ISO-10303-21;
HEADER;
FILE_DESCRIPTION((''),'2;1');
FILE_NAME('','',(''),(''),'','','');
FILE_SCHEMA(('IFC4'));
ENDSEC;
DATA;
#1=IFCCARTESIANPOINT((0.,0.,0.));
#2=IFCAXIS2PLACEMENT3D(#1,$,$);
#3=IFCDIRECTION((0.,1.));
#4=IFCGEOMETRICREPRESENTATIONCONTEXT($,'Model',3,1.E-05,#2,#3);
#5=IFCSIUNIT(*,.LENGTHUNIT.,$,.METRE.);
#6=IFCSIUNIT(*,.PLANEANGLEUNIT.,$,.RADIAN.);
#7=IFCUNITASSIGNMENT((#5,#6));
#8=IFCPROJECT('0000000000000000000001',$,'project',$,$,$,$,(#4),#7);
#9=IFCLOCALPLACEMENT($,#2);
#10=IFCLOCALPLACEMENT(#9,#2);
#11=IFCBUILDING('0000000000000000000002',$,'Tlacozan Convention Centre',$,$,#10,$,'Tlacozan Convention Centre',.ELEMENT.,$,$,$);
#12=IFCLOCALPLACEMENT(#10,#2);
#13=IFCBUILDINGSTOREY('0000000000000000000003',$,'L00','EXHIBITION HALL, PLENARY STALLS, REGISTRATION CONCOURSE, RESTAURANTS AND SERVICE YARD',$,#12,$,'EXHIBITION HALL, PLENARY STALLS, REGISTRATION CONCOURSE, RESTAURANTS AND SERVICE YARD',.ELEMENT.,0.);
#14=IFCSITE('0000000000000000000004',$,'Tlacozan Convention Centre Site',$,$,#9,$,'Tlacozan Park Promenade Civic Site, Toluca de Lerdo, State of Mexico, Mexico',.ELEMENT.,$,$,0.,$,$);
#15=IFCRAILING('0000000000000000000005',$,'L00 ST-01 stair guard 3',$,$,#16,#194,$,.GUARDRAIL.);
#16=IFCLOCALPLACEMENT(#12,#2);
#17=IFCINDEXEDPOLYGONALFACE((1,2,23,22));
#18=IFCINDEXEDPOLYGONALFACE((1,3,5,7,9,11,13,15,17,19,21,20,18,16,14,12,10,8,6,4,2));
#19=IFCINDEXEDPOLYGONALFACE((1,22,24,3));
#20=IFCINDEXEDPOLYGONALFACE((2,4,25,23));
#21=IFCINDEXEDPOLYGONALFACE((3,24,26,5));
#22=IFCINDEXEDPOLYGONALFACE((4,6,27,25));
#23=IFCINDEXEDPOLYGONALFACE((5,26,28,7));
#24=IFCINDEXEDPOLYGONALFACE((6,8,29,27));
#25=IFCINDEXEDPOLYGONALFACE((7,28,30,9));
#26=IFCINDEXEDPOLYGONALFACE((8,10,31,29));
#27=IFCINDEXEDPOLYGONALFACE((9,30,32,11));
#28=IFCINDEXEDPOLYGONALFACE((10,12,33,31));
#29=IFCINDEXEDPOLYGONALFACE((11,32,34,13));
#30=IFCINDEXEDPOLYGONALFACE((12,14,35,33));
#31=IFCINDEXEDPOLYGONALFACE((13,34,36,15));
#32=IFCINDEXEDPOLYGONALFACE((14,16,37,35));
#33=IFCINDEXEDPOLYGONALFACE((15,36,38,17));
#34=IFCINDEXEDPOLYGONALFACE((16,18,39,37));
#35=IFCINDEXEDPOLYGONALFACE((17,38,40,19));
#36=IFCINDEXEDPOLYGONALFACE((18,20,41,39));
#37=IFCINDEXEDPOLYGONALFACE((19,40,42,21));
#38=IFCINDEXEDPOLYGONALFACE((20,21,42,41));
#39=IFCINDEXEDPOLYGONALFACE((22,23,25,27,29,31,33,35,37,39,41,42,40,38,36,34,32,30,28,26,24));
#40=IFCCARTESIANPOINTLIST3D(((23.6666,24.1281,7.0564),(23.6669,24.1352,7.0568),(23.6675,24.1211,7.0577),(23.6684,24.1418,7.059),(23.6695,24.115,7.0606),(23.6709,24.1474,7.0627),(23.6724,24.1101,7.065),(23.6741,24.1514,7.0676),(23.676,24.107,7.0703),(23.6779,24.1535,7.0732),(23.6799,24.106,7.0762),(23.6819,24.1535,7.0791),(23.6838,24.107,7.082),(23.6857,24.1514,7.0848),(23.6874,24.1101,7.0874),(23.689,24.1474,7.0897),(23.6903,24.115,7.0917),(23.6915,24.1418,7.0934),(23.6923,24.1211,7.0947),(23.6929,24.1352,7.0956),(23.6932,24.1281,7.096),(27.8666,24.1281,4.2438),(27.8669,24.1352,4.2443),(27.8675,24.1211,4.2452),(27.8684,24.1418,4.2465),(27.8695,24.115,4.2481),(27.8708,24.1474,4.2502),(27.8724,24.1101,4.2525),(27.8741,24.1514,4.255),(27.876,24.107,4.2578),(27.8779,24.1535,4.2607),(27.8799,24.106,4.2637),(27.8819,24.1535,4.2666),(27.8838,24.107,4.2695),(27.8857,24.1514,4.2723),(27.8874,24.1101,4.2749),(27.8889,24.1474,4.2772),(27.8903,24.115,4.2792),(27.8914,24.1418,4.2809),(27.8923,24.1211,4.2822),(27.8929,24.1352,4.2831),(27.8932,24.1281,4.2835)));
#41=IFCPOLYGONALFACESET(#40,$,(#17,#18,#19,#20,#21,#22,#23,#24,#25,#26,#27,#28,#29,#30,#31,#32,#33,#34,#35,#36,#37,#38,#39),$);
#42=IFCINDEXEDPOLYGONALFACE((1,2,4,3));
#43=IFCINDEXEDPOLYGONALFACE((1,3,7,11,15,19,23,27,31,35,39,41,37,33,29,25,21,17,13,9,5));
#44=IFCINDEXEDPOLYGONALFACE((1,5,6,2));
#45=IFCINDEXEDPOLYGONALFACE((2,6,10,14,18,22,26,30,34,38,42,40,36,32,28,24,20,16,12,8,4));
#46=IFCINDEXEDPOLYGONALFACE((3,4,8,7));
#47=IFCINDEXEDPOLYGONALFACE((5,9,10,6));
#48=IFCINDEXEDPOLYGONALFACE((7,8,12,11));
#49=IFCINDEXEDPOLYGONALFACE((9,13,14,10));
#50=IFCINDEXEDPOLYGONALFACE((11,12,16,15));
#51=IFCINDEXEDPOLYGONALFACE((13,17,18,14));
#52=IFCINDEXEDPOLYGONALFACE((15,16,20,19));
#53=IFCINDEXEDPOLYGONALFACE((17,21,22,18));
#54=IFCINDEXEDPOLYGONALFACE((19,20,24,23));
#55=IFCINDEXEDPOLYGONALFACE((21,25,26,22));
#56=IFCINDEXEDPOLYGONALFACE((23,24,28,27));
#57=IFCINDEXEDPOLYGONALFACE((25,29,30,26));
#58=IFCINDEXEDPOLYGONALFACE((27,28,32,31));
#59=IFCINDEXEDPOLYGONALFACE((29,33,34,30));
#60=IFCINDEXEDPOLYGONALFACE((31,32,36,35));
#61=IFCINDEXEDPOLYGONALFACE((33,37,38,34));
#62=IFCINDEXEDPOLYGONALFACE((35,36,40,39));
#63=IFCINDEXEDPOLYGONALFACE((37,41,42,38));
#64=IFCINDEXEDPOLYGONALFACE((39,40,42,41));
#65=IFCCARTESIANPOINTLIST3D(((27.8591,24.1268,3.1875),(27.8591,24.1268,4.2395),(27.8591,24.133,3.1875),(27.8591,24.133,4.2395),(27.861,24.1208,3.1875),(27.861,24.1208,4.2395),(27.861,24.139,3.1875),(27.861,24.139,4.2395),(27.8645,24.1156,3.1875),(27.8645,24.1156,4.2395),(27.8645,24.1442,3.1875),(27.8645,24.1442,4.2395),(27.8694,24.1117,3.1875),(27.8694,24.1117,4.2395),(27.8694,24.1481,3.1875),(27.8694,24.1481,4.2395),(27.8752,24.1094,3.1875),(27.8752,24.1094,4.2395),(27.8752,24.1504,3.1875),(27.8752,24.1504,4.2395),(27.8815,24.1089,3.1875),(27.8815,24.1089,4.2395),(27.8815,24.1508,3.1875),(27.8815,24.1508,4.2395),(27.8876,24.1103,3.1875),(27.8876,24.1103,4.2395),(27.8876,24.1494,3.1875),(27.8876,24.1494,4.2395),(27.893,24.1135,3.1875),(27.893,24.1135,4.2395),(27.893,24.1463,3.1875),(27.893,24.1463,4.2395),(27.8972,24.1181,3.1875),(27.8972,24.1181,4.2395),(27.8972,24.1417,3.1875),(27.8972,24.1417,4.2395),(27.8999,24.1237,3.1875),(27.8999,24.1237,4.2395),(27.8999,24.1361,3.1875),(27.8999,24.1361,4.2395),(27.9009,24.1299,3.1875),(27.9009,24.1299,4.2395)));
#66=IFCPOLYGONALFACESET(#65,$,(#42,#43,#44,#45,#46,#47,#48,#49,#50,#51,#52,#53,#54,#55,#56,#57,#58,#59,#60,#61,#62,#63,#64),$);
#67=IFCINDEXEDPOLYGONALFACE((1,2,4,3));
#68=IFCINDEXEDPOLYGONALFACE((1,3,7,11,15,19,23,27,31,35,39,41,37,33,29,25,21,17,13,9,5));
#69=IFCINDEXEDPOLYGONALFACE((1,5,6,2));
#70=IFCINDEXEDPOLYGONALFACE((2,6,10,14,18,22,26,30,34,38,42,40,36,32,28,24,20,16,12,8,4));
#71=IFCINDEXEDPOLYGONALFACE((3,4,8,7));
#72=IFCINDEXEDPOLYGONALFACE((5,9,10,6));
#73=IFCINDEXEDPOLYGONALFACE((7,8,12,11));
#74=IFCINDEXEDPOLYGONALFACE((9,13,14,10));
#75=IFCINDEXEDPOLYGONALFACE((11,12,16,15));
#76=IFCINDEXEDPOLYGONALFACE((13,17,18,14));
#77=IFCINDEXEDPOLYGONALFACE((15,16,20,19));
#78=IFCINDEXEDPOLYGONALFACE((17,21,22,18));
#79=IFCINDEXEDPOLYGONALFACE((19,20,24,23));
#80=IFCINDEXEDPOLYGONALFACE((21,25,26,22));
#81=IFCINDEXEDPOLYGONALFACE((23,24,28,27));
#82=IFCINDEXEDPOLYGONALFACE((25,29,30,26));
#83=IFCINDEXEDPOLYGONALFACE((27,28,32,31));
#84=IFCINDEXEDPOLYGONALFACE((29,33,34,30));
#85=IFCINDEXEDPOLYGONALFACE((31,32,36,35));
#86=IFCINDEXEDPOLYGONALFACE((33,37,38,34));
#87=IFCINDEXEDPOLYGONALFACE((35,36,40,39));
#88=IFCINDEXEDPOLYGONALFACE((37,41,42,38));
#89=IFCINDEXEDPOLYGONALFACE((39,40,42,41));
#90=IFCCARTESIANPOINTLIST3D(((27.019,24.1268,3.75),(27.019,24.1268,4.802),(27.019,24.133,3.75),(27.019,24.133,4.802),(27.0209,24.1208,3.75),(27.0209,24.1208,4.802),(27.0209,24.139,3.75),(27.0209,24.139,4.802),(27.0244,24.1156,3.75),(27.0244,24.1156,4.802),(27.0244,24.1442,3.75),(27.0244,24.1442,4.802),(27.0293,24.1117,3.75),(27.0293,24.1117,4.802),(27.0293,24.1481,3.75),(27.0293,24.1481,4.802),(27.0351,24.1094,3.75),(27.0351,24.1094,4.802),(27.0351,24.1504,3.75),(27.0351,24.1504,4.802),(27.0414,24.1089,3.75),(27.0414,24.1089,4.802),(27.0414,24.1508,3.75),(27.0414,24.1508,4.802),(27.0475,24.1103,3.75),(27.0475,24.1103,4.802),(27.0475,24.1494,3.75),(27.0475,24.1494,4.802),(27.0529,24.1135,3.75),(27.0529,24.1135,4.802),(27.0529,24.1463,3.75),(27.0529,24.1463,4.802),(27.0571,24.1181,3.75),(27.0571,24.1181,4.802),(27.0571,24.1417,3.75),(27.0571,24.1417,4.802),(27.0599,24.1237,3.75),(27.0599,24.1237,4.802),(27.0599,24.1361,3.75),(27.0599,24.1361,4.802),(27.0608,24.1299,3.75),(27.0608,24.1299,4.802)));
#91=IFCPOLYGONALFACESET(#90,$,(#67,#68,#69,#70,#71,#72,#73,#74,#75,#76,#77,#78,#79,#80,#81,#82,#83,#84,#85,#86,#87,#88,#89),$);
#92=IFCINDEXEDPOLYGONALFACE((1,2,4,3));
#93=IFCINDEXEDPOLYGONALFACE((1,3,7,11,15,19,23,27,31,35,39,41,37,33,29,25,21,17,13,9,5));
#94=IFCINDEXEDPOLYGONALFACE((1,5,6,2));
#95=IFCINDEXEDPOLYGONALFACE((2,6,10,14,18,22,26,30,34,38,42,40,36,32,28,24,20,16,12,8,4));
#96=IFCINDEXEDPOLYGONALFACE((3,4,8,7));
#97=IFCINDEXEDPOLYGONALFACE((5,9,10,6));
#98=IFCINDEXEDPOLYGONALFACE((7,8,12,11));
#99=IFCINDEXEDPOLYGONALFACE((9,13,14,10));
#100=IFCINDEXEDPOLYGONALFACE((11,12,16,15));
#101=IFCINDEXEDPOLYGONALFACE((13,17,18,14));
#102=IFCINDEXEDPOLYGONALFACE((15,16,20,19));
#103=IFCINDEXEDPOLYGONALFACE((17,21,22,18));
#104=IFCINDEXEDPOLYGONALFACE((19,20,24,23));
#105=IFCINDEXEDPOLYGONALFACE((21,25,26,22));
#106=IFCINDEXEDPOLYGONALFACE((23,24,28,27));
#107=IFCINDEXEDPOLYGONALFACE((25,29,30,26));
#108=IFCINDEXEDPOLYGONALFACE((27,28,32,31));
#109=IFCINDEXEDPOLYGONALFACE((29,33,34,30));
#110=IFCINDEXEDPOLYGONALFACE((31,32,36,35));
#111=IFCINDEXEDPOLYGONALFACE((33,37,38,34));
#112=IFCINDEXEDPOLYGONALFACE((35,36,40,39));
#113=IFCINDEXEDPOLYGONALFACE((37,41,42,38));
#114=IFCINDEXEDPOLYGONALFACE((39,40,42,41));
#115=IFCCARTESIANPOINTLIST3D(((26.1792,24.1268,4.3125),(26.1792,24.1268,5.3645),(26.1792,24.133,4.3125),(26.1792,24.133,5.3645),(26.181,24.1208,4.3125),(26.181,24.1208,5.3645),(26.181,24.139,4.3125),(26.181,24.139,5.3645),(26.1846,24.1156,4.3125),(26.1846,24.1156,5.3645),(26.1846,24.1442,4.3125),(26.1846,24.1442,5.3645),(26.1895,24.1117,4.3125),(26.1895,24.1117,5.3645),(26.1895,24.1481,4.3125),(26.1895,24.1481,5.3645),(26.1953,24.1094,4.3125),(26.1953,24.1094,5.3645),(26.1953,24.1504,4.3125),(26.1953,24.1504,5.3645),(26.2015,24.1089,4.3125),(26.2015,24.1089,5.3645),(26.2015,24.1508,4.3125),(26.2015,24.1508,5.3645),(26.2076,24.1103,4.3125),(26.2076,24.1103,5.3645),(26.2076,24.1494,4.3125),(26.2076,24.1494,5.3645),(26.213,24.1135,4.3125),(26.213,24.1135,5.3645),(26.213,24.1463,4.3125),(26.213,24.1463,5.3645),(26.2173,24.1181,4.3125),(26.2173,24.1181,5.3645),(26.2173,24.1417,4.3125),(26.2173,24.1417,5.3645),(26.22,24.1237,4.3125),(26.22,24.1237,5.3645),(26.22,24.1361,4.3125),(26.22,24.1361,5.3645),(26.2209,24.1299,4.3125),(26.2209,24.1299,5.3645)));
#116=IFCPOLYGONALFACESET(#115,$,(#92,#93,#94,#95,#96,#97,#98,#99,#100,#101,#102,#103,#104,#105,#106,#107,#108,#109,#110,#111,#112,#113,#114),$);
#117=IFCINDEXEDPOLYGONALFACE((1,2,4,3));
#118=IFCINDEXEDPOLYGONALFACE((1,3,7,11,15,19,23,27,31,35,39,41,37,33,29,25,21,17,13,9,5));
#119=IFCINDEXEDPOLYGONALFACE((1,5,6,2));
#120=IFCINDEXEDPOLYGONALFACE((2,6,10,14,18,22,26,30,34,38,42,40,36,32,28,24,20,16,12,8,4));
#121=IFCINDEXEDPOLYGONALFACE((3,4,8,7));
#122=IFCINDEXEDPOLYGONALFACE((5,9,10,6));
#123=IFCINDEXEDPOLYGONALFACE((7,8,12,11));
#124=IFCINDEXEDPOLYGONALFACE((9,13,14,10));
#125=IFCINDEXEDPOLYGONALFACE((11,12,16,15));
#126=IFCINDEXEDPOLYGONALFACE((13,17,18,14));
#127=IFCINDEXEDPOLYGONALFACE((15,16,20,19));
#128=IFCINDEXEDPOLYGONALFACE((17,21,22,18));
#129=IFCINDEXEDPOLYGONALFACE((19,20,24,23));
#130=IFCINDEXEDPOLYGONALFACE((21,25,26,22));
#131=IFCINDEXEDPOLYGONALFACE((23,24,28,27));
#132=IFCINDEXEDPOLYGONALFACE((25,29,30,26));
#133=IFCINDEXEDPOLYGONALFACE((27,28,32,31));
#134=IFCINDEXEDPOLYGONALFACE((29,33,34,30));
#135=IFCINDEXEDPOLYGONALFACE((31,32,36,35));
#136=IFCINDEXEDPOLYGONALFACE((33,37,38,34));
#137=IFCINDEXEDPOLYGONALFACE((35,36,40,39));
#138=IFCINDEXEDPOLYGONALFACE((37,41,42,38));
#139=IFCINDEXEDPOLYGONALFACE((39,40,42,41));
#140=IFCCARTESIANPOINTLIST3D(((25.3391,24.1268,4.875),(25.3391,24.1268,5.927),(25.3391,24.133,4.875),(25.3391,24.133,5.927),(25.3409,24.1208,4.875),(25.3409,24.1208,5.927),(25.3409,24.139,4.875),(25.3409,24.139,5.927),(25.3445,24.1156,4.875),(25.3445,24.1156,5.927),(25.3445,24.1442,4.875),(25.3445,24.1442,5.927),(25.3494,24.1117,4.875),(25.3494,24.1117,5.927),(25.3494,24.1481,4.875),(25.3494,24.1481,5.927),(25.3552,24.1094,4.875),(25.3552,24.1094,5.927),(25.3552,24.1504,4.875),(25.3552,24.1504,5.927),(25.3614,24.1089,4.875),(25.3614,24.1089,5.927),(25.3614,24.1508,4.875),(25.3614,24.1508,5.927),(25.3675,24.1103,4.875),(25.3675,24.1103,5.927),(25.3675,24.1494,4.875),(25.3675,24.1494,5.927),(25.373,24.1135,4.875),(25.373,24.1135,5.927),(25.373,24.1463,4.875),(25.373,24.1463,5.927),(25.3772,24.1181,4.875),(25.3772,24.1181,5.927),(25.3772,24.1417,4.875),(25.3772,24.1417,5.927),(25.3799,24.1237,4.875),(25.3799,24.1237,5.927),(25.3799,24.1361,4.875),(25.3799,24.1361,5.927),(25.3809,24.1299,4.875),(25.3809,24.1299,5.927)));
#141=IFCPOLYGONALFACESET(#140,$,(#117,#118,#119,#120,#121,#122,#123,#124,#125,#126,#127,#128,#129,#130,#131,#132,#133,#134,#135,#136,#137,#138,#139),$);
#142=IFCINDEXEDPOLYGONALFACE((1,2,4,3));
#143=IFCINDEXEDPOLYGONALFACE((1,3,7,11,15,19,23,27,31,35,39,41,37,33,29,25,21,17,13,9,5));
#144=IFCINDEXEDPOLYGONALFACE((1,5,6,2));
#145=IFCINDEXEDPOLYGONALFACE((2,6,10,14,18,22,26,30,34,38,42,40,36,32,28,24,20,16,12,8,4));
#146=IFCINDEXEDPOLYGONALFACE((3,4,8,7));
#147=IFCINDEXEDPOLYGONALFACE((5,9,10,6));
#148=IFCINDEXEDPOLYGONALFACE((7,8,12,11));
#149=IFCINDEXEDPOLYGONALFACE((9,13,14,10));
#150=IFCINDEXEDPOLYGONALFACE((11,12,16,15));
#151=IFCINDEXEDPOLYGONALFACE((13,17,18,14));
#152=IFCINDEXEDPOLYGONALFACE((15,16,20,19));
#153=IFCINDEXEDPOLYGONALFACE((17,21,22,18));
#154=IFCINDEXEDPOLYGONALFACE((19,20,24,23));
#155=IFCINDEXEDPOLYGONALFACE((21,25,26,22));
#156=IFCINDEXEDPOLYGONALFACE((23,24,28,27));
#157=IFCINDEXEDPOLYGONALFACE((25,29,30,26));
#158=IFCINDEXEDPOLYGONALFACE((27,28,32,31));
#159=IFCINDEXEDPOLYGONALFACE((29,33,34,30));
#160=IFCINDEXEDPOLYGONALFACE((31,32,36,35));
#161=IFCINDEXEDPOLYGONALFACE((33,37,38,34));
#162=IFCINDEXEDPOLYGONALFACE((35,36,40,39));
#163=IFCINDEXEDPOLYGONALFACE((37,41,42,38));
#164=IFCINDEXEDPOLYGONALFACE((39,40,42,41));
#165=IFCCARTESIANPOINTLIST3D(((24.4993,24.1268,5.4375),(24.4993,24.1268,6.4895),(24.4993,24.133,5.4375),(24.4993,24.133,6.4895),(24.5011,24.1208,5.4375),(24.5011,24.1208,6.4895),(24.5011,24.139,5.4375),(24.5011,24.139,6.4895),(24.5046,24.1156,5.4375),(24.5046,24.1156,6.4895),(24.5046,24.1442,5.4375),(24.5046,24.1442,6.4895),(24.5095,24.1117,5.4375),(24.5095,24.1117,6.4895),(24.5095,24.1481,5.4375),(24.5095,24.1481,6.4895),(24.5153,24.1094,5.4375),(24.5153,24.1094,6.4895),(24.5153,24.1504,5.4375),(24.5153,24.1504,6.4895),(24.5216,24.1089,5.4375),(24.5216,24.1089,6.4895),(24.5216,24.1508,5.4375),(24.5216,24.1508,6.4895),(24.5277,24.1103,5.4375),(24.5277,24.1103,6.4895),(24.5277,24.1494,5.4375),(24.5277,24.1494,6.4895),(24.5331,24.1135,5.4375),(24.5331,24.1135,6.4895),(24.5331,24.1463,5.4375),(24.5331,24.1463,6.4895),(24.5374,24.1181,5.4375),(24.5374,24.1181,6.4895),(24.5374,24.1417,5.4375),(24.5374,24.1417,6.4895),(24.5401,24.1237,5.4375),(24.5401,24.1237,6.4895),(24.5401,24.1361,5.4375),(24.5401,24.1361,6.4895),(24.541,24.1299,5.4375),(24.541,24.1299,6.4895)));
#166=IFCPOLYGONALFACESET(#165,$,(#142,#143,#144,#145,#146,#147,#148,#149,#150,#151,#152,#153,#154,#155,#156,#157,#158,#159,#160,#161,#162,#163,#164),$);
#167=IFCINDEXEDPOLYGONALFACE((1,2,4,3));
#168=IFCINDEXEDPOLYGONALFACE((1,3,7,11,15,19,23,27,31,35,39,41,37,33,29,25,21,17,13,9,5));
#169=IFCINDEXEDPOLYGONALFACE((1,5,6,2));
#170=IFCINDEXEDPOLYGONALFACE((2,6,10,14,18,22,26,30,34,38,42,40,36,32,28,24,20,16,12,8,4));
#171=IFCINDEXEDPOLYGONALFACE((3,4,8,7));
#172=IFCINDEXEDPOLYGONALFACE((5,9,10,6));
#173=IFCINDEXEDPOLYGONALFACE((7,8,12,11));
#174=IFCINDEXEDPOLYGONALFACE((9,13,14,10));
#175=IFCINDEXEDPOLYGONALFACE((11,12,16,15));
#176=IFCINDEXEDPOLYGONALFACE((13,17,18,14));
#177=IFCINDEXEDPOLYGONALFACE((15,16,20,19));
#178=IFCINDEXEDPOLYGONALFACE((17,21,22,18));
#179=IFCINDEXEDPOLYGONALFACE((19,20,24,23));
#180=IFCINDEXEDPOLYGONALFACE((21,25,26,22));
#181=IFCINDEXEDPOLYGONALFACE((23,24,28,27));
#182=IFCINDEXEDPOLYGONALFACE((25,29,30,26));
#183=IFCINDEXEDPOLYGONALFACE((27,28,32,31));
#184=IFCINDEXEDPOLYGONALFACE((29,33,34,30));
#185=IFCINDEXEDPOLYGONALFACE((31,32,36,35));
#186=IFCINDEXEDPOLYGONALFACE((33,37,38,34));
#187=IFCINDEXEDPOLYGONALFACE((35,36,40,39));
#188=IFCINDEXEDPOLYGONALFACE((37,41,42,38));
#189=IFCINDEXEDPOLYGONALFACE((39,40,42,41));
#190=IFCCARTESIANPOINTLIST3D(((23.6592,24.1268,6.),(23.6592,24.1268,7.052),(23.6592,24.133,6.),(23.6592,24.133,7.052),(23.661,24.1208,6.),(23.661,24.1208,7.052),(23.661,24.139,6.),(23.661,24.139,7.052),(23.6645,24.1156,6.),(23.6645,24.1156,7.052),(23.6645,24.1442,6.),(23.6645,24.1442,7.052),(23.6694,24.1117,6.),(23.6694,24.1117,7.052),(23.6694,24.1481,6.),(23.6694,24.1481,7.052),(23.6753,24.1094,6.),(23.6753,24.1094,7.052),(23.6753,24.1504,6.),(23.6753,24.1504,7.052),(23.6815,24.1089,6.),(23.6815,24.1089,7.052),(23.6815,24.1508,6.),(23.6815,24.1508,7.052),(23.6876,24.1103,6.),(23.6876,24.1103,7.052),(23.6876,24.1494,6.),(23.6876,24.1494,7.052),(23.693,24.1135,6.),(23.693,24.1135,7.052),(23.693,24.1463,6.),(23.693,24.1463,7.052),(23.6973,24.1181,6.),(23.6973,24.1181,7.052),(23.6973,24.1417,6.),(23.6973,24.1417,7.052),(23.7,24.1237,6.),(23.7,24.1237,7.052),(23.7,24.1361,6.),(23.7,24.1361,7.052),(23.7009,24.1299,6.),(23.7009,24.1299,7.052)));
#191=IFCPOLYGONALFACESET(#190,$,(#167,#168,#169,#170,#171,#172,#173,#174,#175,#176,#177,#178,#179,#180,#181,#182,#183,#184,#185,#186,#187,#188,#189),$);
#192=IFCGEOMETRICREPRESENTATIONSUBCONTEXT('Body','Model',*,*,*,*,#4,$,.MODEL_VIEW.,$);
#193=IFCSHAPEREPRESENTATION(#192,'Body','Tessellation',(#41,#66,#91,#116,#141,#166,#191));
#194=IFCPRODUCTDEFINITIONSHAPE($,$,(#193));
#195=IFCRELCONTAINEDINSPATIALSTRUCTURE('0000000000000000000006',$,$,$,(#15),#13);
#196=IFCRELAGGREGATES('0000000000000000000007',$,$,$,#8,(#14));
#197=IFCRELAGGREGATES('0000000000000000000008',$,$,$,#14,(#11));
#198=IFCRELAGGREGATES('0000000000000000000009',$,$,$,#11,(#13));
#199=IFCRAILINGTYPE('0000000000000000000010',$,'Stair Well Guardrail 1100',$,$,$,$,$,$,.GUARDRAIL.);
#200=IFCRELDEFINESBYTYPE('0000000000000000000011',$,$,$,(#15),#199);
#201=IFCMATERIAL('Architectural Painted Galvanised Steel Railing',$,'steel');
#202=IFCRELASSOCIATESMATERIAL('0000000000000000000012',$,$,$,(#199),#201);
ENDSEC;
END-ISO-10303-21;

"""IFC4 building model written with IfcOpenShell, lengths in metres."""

from ifc_helpers import new_model, si_unit, direction, frame, origin, origin_2d, place, context, subcontext, project, spatial, circle, extrude, material, type_object, element, save


model = new_model("IFC4")

# Units and contexts
model_context = context("Model", 3, precision=1e-05, world=origin(), true_north=direction((0.0, 1.0)))
body_context = subcontext(model_context, "Body", "Model", "MODEL_VIEW")
ifc_project = project(units=[si_unit("LENGTHUNIT", "METRE"), si_unit("PLANEANGLEUNIT", "RADIAN")], contexts=[model_context])

# Site, building, storey
site_placement = place(None, origin())
site = spatial("IfcSite", under=ifc_project, at=site_placement, Name="Tlacozan Convention Centre Site", LongName="Tlacozan Park Promenade Civic Site, Toluca de Lerdo, State of Mexico, Mexico", CompositionType="ELEMENT", RefElevation=0.0)
building_placement = place(site_placement, origin())
building = spatial("IfcBuilding", under=site, at=building_placement, Name="Tlacozan Convention Centre", LongName="Tlacozan Convention Centre", CompositionType="ELEMENT")
storey_placement = place(building_placement, origin())
storey = spatial("IfcBuildingStorey", under=building, at=storey_placement, Name="L00", Description="EXHIBITION HALL, PLENARY STALLS, REGISTRATION CONCOURSE, RESTAURANTS AND SERVICE YARD", LongName="EXHIBITION HALL, PLENARY STALLS, REGISTRATION CONCOURSE, RESTAURANTS AND SERVICE YARD", CompositionType="ELEMENT", Elevation=0.0)

# Railing
ifc_material_1 = material(Name="Architectural Painted Galvanised Steel Railing", Category="steel")
railing_type_1 = type_object("IfcRailingType", Name="Stair Well Guardrail 1100", PredefinedType="GUARDRAIL", material=ifc_material_1)
railing_1_placement = place(storey_placement, frame((27.8799, 24.1299, 3.1875)))
element("IfcRailing", 1, at=railing_1_placement, inside=storey, type_object=railing_type_1, Name="L00 ST-01 stair guard 3", PredefinedType="GUARDRAIL", context=body_context, shape_type="SweptSolid", body=[
    extrude(circle(Radius=0.0239, at=origin_2d()), frame((0.0, 0.0, 1.0762), z_axis=(-0.830904, 0.0, 0.556416), x_axis=(0.0, -1.0, 0.0)), (0.0, 0.0, 1.0), 5.0547),
    extrude(circle(Radius=0.021, at=origin_2d()), origin(), (0.0, 0.0, 1.0), 1.052),
    extrude(circle(Radius=0.021, at=origin_2d()), frame((-0.8401, 0.0, 0.5625)), (0.0, 0.0, 1.0), 1.052),
    extrude(circle(Radius=0.021, at=origin_2d()), frame((-1.6799, 0.0, 1.125)), (0.0, 0.0, 1.0), 1.052),
    extrude(circle(Radius=0.021, at=origin_2d()), frame((-2.52, 0.0, 1.6875)), (0.0, 0.0, 1.0), 1.052),
    extrude(circle(Radius=0.021, at=origin_2d()), frame((-3.3599, 0.0, 2.25)), (0.0, 0.0, 1.0), 1.052),
    extrude(circle(Radius=0.021, at=origin_2d()), frame((-4.2, 0.0, 2.8125)), (0.0, 0.0, 1.0), 1.052),
])

save(model, "model.ifc")
